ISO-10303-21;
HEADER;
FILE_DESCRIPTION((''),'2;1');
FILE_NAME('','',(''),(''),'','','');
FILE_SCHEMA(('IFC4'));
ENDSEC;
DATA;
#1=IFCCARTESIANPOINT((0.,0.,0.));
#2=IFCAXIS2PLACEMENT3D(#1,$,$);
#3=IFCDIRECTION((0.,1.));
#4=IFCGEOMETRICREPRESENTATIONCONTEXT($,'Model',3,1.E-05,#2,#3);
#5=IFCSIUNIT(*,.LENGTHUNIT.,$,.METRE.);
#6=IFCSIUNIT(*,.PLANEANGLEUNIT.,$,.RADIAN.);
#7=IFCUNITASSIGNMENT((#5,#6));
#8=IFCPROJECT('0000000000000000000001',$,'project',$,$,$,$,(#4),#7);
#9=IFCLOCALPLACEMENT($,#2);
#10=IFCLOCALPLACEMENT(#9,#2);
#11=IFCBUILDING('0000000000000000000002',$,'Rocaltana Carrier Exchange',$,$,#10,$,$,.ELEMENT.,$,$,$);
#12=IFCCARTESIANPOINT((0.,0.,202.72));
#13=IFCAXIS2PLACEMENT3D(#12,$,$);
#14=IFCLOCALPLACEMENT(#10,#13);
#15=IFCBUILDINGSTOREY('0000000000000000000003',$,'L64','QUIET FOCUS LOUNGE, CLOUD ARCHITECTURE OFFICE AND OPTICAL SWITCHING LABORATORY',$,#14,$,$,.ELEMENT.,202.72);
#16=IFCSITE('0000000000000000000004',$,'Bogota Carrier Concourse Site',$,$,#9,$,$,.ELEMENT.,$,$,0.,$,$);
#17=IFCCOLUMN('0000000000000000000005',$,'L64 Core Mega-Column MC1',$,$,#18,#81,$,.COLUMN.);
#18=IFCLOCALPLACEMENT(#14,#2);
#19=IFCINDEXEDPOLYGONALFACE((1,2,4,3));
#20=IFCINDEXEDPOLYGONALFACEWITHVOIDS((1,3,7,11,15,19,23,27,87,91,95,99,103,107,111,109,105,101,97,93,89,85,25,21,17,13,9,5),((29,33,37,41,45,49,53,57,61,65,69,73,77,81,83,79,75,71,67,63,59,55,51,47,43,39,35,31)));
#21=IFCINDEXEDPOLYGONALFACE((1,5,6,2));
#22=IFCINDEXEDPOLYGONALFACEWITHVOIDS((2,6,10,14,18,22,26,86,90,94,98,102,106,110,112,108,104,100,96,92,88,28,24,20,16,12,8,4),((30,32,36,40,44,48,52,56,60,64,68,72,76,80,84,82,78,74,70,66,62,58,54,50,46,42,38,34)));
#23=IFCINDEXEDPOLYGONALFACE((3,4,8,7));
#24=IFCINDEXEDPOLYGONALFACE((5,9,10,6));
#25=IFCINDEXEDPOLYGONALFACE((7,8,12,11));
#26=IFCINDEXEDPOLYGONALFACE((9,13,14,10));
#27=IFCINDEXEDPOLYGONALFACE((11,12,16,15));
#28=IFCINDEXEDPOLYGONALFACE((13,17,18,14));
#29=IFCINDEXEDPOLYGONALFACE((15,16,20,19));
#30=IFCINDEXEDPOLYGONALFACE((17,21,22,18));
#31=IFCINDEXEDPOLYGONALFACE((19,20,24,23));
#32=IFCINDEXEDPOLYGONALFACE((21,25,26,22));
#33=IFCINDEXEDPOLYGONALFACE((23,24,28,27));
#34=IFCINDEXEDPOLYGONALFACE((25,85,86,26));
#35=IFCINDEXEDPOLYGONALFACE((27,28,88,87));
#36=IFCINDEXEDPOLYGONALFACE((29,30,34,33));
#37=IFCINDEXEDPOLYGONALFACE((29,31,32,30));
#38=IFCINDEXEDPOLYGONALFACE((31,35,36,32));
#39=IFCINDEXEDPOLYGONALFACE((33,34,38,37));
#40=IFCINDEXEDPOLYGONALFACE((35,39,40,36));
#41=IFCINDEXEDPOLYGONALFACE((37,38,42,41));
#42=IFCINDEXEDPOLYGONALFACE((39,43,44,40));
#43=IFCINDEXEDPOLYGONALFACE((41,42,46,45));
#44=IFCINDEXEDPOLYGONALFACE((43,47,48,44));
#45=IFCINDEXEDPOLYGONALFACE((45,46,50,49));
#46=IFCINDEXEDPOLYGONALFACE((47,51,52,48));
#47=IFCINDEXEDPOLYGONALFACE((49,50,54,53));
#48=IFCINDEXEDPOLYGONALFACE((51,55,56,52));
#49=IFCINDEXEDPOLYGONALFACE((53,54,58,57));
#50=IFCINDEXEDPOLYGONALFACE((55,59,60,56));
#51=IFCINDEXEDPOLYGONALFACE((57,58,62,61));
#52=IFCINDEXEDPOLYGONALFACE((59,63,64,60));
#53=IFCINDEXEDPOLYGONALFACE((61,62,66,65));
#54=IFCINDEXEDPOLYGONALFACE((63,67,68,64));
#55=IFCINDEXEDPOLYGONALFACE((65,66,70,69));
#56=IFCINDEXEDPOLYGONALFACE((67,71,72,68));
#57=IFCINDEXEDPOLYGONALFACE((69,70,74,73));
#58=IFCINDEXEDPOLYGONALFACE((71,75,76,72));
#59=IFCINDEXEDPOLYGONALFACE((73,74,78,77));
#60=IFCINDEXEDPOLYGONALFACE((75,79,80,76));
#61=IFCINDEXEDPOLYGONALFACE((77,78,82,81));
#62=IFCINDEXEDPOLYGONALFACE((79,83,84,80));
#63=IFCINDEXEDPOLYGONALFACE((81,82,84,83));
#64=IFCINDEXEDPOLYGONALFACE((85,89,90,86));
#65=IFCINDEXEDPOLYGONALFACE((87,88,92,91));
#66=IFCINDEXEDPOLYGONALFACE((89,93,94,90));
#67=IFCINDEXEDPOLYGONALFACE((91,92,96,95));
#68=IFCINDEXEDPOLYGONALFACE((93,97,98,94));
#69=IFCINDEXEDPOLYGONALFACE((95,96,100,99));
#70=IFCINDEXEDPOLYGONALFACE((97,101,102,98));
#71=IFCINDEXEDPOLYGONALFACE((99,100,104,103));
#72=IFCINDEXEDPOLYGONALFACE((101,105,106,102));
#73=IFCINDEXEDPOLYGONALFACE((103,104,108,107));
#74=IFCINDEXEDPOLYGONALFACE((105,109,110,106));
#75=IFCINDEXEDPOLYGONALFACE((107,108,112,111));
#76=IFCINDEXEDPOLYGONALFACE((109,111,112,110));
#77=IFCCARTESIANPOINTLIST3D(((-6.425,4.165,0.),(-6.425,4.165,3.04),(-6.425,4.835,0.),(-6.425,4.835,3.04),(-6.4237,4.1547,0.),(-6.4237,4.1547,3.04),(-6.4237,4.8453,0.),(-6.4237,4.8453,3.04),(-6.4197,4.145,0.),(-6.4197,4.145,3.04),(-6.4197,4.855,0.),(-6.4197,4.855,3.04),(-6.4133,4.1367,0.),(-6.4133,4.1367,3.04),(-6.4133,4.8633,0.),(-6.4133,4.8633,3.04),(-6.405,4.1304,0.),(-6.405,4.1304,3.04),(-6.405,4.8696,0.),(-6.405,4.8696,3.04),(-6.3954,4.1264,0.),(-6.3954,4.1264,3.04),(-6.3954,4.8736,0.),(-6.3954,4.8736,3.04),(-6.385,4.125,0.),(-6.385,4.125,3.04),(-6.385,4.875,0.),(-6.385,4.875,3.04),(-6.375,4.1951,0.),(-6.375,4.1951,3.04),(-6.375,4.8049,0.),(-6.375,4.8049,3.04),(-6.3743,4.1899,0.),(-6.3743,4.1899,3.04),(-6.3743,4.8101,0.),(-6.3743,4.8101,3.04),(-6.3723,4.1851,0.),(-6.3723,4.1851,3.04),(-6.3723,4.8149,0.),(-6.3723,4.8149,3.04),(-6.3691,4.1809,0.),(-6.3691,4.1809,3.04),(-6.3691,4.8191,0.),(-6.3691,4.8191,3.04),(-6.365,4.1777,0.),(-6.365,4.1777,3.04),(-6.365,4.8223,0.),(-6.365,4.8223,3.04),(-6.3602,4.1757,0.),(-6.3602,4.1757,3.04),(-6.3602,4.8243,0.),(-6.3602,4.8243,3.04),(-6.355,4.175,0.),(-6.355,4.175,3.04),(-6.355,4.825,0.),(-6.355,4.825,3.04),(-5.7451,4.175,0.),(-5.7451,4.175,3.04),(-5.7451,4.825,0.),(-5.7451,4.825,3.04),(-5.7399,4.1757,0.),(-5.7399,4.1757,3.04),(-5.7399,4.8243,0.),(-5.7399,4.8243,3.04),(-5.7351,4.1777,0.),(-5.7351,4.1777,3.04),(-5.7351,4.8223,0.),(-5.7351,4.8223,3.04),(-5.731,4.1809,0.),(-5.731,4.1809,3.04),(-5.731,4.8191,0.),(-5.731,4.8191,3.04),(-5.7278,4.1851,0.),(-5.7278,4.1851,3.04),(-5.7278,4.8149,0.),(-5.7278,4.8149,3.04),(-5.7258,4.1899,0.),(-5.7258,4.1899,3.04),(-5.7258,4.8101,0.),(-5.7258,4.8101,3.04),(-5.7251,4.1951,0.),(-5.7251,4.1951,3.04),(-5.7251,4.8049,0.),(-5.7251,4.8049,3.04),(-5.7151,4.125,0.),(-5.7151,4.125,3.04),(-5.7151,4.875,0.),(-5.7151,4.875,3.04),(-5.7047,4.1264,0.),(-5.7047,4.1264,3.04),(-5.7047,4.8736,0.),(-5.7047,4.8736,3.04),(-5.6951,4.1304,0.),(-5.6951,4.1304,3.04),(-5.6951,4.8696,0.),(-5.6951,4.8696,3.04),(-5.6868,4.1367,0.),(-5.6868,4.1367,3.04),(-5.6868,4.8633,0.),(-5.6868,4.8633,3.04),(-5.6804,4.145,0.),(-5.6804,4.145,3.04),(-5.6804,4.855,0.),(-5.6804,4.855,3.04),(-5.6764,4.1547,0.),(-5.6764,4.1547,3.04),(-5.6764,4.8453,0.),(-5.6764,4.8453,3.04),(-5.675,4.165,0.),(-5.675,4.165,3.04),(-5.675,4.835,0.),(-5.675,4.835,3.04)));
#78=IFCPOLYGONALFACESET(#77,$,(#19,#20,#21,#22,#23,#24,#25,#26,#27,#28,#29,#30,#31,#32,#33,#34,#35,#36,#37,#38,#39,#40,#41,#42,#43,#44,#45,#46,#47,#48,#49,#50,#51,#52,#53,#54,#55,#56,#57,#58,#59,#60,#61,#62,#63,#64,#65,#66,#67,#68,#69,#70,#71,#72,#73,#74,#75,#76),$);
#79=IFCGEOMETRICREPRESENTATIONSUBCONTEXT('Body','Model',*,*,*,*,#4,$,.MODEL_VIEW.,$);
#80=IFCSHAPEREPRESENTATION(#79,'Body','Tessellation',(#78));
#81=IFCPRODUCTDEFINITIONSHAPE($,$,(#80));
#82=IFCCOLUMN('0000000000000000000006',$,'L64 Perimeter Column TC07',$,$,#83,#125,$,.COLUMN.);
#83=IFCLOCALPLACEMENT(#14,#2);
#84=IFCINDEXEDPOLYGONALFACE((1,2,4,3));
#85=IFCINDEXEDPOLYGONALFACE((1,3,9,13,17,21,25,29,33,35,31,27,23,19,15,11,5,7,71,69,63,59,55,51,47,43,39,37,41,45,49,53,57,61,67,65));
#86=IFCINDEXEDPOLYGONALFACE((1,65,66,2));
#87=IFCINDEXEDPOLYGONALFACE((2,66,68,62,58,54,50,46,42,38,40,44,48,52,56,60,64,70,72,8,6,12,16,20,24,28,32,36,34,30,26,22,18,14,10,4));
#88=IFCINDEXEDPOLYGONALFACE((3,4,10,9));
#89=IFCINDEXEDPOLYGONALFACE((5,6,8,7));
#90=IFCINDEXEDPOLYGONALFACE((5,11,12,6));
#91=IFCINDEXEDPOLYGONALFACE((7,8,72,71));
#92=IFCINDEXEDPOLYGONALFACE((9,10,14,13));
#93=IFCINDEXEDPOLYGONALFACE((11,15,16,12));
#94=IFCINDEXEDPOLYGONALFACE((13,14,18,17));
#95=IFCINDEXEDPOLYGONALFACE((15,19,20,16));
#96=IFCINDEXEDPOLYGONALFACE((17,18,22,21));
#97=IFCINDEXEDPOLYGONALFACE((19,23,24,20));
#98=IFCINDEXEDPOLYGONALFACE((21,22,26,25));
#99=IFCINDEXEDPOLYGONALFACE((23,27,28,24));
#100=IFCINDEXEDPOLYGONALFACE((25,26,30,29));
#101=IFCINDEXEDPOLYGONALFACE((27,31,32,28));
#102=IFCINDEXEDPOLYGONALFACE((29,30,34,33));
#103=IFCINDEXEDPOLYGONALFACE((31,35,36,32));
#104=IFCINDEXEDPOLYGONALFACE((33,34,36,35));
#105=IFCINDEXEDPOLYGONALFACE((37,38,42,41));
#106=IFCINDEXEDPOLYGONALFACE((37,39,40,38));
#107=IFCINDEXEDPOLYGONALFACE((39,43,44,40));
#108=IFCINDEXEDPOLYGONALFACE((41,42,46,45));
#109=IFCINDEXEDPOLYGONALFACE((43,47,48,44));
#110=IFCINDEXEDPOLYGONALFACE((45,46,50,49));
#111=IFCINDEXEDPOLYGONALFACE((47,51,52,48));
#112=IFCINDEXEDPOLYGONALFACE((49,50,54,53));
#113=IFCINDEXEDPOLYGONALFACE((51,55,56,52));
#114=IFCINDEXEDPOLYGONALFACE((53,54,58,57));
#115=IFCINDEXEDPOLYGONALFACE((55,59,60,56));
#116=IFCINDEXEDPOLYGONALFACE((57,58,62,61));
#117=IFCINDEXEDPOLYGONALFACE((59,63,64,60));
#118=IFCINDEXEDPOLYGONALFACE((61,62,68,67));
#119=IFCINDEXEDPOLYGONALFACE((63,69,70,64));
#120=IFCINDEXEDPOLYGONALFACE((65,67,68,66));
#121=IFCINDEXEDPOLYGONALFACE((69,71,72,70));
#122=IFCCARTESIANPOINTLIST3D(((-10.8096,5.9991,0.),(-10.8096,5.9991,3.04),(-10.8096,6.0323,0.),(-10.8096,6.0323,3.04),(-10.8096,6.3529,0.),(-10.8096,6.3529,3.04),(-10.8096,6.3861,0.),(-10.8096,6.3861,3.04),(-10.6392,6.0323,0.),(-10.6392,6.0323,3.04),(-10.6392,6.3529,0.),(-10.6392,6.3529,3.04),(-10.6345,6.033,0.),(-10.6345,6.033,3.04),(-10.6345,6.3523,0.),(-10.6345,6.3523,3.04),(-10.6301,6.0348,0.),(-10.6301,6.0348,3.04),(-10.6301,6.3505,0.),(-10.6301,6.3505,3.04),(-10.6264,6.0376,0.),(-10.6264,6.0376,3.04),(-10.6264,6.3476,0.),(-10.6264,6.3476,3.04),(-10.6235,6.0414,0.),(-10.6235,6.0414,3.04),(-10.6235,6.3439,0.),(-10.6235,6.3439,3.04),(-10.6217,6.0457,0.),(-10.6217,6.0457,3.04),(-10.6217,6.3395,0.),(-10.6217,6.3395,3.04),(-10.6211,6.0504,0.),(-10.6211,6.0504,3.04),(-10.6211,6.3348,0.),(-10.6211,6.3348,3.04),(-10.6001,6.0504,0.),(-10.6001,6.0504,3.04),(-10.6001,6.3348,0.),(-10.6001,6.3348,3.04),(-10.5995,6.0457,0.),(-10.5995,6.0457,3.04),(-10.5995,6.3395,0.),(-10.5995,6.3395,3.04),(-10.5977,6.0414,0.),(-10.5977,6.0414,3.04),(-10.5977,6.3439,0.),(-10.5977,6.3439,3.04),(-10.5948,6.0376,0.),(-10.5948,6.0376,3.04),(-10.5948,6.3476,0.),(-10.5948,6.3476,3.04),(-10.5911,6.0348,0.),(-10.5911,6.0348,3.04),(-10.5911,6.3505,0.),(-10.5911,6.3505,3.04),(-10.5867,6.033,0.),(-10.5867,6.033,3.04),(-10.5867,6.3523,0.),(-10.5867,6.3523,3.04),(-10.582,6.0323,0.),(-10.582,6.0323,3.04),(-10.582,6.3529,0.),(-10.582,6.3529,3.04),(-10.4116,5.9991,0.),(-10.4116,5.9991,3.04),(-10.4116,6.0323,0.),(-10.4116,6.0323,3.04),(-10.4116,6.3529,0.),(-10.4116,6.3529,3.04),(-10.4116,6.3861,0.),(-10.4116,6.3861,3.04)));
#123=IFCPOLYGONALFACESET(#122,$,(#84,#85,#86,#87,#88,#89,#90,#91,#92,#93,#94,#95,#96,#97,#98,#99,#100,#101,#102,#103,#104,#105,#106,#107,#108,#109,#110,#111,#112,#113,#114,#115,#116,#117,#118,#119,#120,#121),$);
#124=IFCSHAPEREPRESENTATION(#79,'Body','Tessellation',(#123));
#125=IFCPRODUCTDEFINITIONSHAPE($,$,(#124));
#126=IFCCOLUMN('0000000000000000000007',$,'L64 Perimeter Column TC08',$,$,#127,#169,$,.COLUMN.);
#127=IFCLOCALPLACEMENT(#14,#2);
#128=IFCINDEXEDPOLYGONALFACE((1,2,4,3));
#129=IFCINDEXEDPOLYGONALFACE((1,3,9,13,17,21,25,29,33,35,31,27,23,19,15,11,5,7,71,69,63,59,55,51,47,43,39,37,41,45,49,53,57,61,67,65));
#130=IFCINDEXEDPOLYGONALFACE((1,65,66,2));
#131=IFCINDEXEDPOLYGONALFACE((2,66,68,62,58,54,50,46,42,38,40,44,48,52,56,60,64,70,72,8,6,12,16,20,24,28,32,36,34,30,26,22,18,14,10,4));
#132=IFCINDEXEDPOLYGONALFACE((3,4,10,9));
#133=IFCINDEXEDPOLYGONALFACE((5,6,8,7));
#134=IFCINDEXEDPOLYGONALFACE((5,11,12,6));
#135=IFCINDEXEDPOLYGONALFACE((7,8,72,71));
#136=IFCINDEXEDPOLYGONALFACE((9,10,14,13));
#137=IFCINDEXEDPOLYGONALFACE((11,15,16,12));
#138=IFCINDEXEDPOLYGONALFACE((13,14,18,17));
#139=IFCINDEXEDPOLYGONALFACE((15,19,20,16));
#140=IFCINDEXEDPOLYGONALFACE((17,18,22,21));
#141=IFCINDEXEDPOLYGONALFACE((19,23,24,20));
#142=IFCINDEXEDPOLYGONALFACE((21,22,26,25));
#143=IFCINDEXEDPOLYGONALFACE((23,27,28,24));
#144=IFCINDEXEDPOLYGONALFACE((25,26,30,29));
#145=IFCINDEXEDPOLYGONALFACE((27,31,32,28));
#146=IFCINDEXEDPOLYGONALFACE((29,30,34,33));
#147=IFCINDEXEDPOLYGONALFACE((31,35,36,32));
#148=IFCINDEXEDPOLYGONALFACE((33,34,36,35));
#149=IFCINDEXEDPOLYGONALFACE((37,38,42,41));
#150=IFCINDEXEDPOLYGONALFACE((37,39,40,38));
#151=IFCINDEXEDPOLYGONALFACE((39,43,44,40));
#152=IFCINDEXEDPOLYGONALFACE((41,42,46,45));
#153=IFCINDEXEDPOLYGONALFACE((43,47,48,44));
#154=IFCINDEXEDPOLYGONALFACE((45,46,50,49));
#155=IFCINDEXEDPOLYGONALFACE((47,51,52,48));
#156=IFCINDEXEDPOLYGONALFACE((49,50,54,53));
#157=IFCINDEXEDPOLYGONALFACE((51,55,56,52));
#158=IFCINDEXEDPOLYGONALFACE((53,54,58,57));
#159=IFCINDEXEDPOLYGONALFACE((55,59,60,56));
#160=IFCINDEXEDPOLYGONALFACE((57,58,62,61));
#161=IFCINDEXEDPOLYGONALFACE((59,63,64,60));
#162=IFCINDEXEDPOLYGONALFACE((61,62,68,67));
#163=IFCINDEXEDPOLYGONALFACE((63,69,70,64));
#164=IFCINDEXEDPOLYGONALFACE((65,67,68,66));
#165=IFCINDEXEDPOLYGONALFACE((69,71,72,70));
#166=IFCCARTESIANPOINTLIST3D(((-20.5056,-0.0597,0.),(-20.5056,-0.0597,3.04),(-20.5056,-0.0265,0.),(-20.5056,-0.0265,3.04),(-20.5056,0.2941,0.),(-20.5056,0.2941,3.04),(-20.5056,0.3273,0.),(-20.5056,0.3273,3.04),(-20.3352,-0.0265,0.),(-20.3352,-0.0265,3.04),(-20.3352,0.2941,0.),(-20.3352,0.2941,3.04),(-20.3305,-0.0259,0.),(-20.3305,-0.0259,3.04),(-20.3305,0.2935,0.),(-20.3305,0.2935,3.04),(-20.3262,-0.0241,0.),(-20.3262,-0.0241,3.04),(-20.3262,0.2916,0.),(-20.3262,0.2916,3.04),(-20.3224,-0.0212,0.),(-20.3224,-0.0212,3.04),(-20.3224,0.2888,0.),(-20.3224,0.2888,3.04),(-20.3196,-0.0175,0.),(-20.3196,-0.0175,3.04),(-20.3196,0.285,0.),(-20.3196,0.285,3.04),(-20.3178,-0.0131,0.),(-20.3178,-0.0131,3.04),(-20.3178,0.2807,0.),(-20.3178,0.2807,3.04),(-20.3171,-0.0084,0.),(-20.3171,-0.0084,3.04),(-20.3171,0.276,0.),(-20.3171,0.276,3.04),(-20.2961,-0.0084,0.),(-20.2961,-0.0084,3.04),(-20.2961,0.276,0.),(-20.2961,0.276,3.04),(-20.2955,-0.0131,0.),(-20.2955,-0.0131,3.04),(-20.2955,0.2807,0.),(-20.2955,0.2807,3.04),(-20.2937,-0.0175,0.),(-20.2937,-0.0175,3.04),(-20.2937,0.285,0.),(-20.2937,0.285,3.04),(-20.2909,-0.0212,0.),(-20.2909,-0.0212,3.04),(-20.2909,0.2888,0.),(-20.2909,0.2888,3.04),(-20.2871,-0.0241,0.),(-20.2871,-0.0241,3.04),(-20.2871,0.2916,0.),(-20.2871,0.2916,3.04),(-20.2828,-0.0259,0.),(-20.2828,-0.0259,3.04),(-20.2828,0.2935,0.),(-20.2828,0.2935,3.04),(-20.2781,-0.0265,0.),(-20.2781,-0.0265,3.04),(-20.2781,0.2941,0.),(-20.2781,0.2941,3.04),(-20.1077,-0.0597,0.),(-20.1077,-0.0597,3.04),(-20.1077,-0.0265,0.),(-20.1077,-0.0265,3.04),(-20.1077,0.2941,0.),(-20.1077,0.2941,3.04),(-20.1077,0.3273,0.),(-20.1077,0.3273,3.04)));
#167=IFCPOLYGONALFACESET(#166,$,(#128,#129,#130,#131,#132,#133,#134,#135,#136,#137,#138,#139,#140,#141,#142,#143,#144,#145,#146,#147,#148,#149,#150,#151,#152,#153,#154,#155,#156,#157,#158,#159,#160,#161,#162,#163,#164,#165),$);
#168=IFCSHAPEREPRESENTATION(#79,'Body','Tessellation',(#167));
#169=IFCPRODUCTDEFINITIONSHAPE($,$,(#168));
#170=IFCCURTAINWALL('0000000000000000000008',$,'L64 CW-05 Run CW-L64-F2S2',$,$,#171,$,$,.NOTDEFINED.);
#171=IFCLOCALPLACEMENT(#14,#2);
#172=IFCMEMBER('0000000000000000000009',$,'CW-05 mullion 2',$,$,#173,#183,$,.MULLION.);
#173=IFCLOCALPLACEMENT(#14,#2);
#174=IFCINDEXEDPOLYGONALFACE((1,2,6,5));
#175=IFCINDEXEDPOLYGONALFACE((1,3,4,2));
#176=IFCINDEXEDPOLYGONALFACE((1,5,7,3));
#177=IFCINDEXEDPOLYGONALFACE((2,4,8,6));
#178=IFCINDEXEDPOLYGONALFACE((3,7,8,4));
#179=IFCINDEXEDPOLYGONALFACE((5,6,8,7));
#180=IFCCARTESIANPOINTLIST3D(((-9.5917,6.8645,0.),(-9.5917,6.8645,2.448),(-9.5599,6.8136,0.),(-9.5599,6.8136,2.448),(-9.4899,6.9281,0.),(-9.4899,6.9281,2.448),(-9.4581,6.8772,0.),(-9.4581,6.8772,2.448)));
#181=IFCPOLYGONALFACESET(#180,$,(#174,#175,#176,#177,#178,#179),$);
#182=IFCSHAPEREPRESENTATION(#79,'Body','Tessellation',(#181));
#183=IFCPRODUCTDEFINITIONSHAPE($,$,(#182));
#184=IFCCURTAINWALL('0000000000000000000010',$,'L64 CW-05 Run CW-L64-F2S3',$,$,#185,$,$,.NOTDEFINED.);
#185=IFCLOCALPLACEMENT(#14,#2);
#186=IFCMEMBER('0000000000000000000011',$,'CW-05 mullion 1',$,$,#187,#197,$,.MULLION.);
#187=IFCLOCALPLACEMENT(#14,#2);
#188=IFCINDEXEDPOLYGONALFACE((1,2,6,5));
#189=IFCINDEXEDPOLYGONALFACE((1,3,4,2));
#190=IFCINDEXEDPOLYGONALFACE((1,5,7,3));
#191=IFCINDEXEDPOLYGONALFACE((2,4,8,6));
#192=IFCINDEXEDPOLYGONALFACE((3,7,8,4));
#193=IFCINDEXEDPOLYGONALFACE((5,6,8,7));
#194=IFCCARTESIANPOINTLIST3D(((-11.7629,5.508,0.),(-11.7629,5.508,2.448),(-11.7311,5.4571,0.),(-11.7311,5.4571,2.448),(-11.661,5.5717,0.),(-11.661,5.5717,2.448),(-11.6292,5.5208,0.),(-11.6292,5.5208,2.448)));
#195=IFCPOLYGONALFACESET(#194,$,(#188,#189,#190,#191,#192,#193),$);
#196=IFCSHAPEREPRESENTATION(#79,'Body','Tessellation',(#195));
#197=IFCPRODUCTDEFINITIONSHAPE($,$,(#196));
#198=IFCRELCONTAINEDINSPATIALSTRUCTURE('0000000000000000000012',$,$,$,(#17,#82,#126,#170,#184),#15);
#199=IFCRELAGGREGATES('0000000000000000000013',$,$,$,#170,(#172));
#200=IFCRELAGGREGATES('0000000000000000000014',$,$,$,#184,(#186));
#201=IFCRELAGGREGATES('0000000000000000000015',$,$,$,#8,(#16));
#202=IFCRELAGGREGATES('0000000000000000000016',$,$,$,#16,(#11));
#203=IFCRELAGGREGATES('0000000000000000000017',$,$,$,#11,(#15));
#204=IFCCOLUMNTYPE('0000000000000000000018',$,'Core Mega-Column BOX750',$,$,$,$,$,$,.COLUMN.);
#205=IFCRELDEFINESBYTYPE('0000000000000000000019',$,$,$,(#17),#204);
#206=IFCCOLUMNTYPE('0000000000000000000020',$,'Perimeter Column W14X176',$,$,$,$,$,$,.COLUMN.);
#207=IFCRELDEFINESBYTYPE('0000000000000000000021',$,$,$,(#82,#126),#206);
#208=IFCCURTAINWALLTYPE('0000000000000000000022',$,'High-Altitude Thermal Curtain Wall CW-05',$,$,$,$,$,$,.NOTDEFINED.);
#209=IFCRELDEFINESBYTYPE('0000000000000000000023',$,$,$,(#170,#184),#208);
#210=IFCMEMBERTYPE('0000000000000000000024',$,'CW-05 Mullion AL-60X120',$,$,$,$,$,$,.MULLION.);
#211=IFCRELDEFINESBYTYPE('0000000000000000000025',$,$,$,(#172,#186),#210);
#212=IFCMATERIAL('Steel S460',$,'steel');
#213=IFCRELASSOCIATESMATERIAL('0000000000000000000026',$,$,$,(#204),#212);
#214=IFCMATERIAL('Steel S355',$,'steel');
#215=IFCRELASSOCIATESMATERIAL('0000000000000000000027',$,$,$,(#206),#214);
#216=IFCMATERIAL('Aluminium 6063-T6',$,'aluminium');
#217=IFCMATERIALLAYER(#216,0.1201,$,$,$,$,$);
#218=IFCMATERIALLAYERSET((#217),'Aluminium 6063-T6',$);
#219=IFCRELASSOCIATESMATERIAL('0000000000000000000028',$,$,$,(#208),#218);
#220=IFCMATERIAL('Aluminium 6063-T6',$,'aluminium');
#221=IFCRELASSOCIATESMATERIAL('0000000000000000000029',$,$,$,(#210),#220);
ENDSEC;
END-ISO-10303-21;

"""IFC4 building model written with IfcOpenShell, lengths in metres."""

from ifc_helpers import new_model, si_unit, direction, frame, origin, origin_2d, place, context, subcontext, project, spatial, rectangle, hollow_rectangle, i_section, extrude, material, layer, layer_set, material_profile, profile_set, type_object, element, aggregate, save


model = new_model("IFC4")

# Units and contexts
model_context = context("Model", 3, precision=1e-05, world=origin(), true_north=direction((0.0, 1.0)))
body_context = subcontext(model_context, "Body", "Model", "MODEL_VIEW")
ifc_project = project(units=[si_unit("LENGTHUNIT", "METRE"), si_unit("PLANEANGLEUNIT", "RADIAN")], contexts=[model_context])

# Site, building, storey
site_placement = place(None, origin())
site = spatial("IfcSite", under=ifc_project, at=site_placement, Name="Bogota Carrier Concourse Site", CompositionType="ELEMENT", RefElevation=0.0)
building_placement = place(site_placement, origin())
building = spatial("IfcBuilding", under=site, at=building_placement, Name="Rocaltana Carrier Exchange", CompositionType="ELEMENT")
storey_placement = place(building_placement, frame((0.0, 0.0, 202.72)))
storey = spatial("IfcBuildingStorey", under=building, at=storey_placement, Name="L64", Description="QUIET FOCUS LOUNGE, CLOUD ARCHITECTURE OFFICE AND OPTICAL SWITCHING LABORATORY", CompositionType="ELEMENT", Elevation=202.72)

# Columns
ifc_material_1 = material(Name="Steel S460", Category="steel")
ifc_material_profile_1 = material_profile(ifc_material_1, hollow_rectangle(XDim=0.75, YDim=0.75, WallThickness=0.05, InnerFilletRadius=0.02, OuterFilletRadius=0.04, at=origin_2d()), Name="BOX750X750X50")
ifc_profile_set_1 = profile_set([ifc_material_profile_1], Name="Steel S460")
column_type_1 = type_object("IfcColumnType", Name="Core Mega-Column BOX750", PredefinedType="COLUMN", material=ifc_profile_set_1)
column_placement = place(storey_placement, frame((-6.05, 4.5, 0.0), z_axis=(0.0, 0.0, 1.0), x_axis=(1.0, 0.0, 0.0)))
element("IfcColumn", 1, at=column_placement, inside=storey, type_object=column_type_1, Name="L64 Core Mega-Column MC1", PredefinedType="COLUMN", context=body_context, shape_type="SweptSolid", body=[
    extrude(hollow_rectangle(XDim=0.75, YDim=0.75, WallThickness=0.05, InnerFilletRadius=0.02, OuterFilletRadius=0.04, at=origin_2d()), origin(), (0.0, 0.0, 1.0), 3.04),
])
ifc_material_2 = material(Name="Steel S355", Category="steel")
ifc_material_profile_2 = material_profile(ifc_material_2, i_section(OverallWidth=0.3979, OverallDepth=0.387, WebThickness=0.021, FlangeThickness=0.0332, FilletRadius=0.0181, at=origin_2d()), Name="W14X176")
ifc_profile_set_2 = profile_set([ifc_material_profile_2], Name="Steel S355")
column_type_2 = type_object("IfcColumnType", Name="Perimeter Column W14X176", PredefinedType="COLUMN", material=ifc_profile_set_2)
for number, where, z_axis, x_axis, name in (
    (2, (-10.6106, 6.1926, 0.0), (0.0, 0.0, 1.0), (1.0, 0.0, 0.0), "L64 Perimeter Column TC07"),
    (3, (-20.3066, 0.1338, 0.0), (0.0, 0.0, 1.0), (1.0, 0.0, 0.0), "L64 Perimeter Column TC08"),
):
    element("IfcColumn", number, at=place(storey_placement, frame(where, z_axis=z_axis, x_axis=x_axis)), inside=storey, type_object=column_type_2, Name=name, PredefinedType="COLUMN", context=body_context, shape_type="SweptSolid", body=[
        extrude(i_section(OverallWidth=0.3979, OverallDepth=0.387, WebThickness=0.021, FlangeThickness=0.0332, FilletRadius=0.0181, at=origin_2d()), origin(), (0.0, 0.0, 1.0), 3.04),
    ])

# Curtain wall, member
ifc_material_3 = material(Name="Aluminium 6063-T6", Category="aluminium")
ifc_layer_1 = layer(ifc_material_3, 0.1201)
ifc_layer_set_1 = layer_set([ifc_layer_1], Name="Aluminium 6063-T6")
curtain_wall_type = type_object("IfcCurtainWallType", Name="High-Altitude Thermal Curtain Wall CW-05", PredefinedType="NOTDEFINED", material=ifc_layer_set_1)
curtain_wall_1_placement = place(storey_placement, origin())
curtain_wall_1 = element("IfcCurtainWall", 4, at=curtain_wall_1_placement, inside=storey, type_object=curtain_wall_type, Name="L64 CW-05 Run CW-L64-F2S2", PredefinedType="NOTDEFINED")
ifc_material_4 = material(Name="Aluminium 6063-T6", Category="aluminium")
ifc_material_profile_3 = material_profile(ifc_material_4, rectangle(XDim=0.0601, YDim=0.1201, at=origin_2d()), Name="AL-60X120")
ifc_profile_set_3 = profile_set([ifc_material_profile_3], Name="Aluminium 6063-T6")
member_type_1 = type_object("IfcMemberType", Name="CW-05 Mullion AL-60X120", PredefinedType="MULLION", material=ifc_profile_set_3)
member_1_placement = place(storey_placement, frame((-9.5249, 6.8708, 0.0), z_axis=(0.0, 0.0, 1.0), x_axis=(0.52992, -0.848047, 0.0)))
member_1 = element("IfcMember", 5, at=member_1_placement, type_object=member_type_1, Name="CW-05 mullion 2", PredefinedType="MULLION", context=body_context, shape_type="SweptSolid", body=[
    extrude(rectangle(XDim=0.0601, YDim=0.1201, at=origin_2d()), origin(), (0.0, 0.0, 1.0), 2.448),
])
aggregate(curtain_wall_1, [member_1])

# Curtain wall, member
curtain_wall_2_placement = place(storey_placement, origin())
curtain_wall_2 = element("IfcCurtainWall", 6, at=curtain_wall_2_placement, inside=storey, type_object=curtain_wall_type, Name="L64 CW-05 Run CW-L64-F2S3", PredefinedType="NOTDEFINED")
member_2_placement = place(storey_placement, frame((-11.696, 5.5144, 0.0), z_axis=(0.0, 0.0, 1.0), x_axis=(0.529915, -0.84805, 0.0)))
member_2 = element("IfcMember", 7, at=member_2_placement, type_object=member_type_1, Name="CW-05 mullion 1", PredefinedType="MULLION", context=body_context, shape_type="SweptSolid", body=[
    extrude(rectangle(XDim=0.0601, YDim=0.1201, at=origin_2d()), origin(), (0.0, 0.0, 1.0), 2.448),
])

aggregate(curtain_wall_2, [member_2])

save(model, "model.ifc")
